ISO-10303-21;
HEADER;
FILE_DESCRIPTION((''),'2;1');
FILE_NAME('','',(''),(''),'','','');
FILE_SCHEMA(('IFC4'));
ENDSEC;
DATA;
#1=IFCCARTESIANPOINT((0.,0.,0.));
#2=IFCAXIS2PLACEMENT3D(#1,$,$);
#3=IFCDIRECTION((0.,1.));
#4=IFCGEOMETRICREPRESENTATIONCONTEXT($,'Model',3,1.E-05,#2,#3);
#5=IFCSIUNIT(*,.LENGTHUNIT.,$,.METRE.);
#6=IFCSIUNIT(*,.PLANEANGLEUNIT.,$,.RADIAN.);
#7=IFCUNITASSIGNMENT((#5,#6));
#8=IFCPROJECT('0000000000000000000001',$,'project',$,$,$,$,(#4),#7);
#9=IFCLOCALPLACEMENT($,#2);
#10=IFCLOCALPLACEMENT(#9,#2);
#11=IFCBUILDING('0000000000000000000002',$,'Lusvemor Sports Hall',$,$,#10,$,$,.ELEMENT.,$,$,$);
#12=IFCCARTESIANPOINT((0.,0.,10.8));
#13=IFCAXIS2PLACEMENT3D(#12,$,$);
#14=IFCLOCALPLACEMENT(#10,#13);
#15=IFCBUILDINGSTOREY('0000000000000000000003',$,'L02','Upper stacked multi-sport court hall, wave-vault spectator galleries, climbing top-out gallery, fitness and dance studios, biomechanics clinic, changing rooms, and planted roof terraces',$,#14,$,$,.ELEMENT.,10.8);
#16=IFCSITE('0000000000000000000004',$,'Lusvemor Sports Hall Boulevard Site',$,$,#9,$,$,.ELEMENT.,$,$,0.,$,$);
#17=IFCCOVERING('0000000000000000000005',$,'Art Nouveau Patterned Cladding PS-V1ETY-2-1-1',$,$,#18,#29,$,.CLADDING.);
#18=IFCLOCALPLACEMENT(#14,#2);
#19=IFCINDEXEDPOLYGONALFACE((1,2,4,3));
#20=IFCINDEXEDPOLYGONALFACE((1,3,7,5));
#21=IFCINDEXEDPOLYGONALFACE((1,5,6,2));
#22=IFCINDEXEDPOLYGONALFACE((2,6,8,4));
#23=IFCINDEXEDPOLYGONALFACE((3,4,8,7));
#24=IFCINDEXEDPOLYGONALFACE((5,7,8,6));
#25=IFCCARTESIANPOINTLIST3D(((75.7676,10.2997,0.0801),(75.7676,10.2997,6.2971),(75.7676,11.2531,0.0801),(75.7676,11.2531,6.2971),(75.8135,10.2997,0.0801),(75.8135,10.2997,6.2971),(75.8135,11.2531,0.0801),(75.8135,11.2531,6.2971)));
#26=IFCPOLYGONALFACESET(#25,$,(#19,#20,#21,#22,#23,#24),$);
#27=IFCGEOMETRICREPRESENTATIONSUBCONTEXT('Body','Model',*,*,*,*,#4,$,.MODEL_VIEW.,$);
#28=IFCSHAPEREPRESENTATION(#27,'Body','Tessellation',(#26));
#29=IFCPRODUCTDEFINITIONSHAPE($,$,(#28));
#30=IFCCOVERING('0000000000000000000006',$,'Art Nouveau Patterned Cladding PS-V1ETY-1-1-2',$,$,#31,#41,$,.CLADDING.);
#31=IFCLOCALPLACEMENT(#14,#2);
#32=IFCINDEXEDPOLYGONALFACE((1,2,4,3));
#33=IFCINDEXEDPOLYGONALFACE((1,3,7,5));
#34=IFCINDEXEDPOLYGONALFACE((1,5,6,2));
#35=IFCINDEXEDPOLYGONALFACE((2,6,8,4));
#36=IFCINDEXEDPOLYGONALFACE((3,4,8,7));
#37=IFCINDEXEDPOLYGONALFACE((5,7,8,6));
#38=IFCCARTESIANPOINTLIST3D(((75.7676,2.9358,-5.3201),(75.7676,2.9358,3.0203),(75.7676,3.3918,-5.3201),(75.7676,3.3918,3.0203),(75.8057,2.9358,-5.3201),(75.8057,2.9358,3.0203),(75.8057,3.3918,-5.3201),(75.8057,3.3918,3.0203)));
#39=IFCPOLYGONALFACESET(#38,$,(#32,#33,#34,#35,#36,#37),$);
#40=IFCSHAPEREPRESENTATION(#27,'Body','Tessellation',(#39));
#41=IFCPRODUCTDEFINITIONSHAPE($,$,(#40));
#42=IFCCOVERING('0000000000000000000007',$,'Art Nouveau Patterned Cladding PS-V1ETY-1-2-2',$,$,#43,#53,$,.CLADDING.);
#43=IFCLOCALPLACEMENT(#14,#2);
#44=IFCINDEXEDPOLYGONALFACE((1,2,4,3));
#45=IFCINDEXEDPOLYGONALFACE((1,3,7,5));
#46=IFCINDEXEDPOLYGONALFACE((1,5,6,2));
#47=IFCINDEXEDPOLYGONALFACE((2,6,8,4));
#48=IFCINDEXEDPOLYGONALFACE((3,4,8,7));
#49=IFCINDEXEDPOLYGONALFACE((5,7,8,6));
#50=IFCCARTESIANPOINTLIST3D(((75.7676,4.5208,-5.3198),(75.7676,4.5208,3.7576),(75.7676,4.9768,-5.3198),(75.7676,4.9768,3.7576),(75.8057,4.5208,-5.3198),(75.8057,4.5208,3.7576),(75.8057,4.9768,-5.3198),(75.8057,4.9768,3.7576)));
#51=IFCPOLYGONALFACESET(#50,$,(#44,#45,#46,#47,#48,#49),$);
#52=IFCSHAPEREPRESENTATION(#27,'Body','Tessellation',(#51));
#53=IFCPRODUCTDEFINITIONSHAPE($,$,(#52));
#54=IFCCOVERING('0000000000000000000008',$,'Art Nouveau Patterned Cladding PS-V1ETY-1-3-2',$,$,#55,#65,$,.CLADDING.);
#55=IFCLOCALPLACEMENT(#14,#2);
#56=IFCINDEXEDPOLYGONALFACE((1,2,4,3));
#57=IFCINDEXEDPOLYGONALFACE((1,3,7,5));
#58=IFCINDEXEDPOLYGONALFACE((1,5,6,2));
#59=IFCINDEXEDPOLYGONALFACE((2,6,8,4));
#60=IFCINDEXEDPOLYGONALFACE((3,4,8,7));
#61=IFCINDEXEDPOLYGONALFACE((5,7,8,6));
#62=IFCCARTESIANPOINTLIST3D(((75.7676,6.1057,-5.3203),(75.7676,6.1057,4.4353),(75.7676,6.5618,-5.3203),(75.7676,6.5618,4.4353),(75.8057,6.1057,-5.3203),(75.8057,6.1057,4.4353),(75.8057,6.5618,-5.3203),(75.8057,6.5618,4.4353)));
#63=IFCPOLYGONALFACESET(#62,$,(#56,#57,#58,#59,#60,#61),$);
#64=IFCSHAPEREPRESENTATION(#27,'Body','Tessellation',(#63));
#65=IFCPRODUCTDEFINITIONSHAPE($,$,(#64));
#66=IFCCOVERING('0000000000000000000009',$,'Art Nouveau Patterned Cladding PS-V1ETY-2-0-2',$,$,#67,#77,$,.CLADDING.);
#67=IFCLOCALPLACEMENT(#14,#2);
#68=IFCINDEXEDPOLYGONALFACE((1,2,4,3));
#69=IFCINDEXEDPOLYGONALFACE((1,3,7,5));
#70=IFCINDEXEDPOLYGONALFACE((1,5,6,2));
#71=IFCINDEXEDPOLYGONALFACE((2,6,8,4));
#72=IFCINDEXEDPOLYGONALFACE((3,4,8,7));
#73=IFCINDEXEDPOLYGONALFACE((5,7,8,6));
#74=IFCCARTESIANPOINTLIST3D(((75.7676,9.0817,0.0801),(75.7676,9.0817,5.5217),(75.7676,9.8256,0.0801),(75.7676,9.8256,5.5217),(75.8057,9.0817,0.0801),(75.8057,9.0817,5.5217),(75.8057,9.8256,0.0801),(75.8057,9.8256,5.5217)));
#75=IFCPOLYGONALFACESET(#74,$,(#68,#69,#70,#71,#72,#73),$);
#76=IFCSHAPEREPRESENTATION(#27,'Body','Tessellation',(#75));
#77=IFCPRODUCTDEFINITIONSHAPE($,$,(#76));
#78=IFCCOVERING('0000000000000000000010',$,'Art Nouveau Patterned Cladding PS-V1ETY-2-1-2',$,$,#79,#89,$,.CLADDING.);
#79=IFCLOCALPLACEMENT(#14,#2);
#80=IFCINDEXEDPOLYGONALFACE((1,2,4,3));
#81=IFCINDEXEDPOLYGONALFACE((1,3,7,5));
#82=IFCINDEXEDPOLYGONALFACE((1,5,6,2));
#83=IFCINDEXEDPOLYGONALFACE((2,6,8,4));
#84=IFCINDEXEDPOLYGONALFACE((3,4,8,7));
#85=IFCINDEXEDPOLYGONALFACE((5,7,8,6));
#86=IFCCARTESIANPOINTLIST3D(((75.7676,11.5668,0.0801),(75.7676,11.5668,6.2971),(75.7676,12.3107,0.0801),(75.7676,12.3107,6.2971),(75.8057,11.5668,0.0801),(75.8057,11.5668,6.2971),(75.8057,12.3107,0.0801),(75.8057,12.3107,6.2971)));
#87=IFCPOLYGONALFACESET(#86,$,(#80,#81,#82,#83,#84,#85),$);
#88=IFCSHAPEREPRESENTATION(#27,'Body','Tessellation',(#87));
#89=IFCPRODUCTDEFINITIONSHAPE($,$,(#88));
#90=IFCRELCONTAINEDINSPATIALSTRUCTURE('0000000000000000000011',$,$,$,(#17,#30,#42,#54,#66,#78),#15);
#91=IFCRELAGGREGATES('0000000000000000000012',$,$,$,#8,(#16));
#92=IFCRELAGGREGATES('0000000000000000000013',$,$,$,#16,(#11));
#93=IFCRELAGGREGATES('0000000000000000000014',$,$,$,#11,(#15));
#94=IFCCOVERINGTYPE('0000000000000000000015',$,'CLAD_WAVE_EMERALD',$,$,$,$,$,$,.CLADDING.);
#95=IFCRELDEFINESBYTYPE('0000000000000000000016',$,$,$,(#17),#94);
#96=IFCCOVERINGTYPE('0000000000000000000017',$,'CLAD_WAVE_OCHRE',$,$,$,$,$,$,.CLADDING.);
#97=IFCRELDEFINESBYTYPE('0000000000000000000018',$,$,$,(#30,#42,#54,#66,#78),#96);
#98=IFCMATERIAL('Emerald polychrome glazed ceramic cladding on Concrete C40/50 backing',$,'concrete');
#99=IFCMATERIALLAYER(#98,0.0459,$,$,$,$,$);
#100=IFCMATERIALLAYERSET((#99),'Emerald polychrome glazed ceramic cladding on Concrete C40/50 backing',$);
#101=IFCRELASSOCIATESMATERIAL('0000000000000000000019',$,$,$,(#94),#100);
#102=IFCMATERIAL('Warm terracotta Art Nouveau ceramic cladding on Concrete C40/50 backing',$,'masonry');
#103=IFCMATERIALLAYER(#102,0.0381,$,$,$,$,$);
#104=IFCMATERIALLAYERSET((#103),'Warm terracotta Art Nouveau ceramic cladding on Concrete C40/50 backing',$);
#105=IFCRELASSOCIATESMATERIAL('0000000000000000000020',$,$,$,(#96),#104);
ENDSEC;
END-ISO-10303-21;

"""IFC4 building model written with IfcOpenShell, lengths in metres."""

from ifc_helpers import new_model, si_unit, direction, frame, origin, origin_2d, place, context, subcontext, project, spatial, rectangle, extrude, material, layer, layer_set, type_object, element, save


model = new_model("IFC4")

# Units and contexts
model_context = context("Model", 3, precision=1e-05, world=origin(), true_north=direction((0.0, 1.0)))
body_context = subcontext(model_context, "Body", "Model", "MODEL_VIEW")
ifc_project = project(units=[si_unit("LENGTHUNIT", "METRE"), si_unit("PLANEANGLEUNIT", "RADIAN")], contexts=[model_context])

# Site, building, storey
site_placement = place(None, origin())
site = spatial("IfcSite", under=ifc_project, at=site_placement, Name="Lusvemor Sports Hall Boulevard Site", CompositionType="ELEMENT", RefElevation=0.0)
building_placement = place(site_placement, origin())
building = spatial("IfcBuilding", under=site, at=building_placement, Name="Lusvemor Sports Hall", CompositionType="ELEMENT")
storey_placement = place(building_placement, frame((0.0, 0.0, 10.8)))
storey = spatial("IfcBuildingStorey", under=building, at=storey_placement, Name="L02", Description="Upper stacked multi-sport court hall, wave-vault spectator galleries, climbing top-out gallery, fitness and dance studios, biomechanics clinic, changing rooms, and planted roof terraces", CompositionType="ELEMENT", Elevation=10.8)

# Coverings
ifc_material_1 = material(Name="Emerald polychrome glazed ceramic cladding on Concrete C40/50 backing", Category="concrete")
ifc_layer_1 = layer(ifc_material_1, 0.0459)
ifc_layer_set_1 = layer_set([ifc_layer_1], Name="Emerald polychrome glazed ceramic cladding on Concrete C40/50 backing")
covering_type_1 = type_object("IfcCoveringType", Name="CLAD_WAVE_EMERALD", PredefinedType="CLADDING", material=ifc_layer_set_1)
covering_1_placement = place(storey_placement, frame((75.7905, 10.7764, 0.0801), z_axis=(0.0, 0.0, 1.0), x_axis=(1.0, 0.0, 0.0)))
element("IfcCovering", 1, at=covering_1_placement, inside=storey, type_object=covering_type_1, Name="Art Nouveau Patterned Cladding PS-V1ETY-2-1-1", PredefinedType="CLADDING", context=body_context, shape_type="SweptSolid", body=[
    extrude(rectangle(XDim=0.0459, YDim=0.9534, at=origin_2d()), origin(), (0.0, 0.0, 1.0), 6.217),
])
ifc_material_2 = material(Name="Warm terracotta Art Nouveau ceramic cladding on Concrete C40/50 backing", Category="masonry")
ifc_layer_2 = layer(ifc_material_2, 0.0381)
ifc_layer_set_2 = layer_set([ifc_layer_2], Name="Warm terracotta Art Nouveau ceramic cladding on Concrete C40/50 backing")
covering_type_2 = type_object("IfcCoveringType", Name="CLAD_WAVE_OCHRE", PredefinedType="CLADDING", material=ifc_layer_set_2)
covering_2_placement = place(storey_placement, frame((75.7866, 3.1638, -5.3201), z_axis=(0.0, 0.0, 1.0), x_axis=(1.0, 0.0, 0.0)))
element("IfcCovering", 2, at=covering_2_placement, inside=storey, type_object=covering_type_2, Name="Art Nouveau Patterned Cladding PS-V1ETY-1-1-2", PredefinedType="CLADDING", context=body_context, shape_type="SweptSolid", body=[
    extrude(rectangle(XDim=0.0381, YDim=0.4561, at=origin_2d()), origin(), (0.0, 0.0, 1.0), 8.3403),
])
covering_3_placement = place(storey_placement, frame((75.7866, 4.7488, -5.3198), z_axis=(0.0, 0.0, 1.0), x_axis=(1.0, 0.0, 0.0)))
element("IfcCovering", 3, at=covering_3_placement, inside=storey, type_object=covering_type_2, Name="Art Nouveau Patterned Cladding PS-V1ETY-1-2-2", PredefinedType="CLADDING", context=body_context, shape_type="SweptSolid", body=[
    extrude(rectangle(XDim=0.0381, YDim=0.4561, at=origin_2d()), origin(), (0.0, 0.0, 1.0), 9.0774),
])
covering_4_placement = place(storey_placement, frame((75.7866, 6.3337, -5.3203), z_axis=(0.0, 0.0, 1.0), x_axis=(1.0, 0.0, 0.0)))
element("IfcCovering", 4, at=covering_4_placement, inside=storey, type_object=covering_type_2, Name="Art Nouveau Patterned Cladding PS-V1ETY-1-3-2", PredefinedType="CLADDING", context=body_context, shape_type="SweptSolid", body=[
    extrude(rectangle(XDim=0.0381, YDim=0.4561, at=origin_2d()), origin(), (0.0, 0.0, 1.0), 9.7556),
])
covering_5_placement = place(storey_placement, frame((75.7866, 9.4536, 0.0801), z_axis=(0.0, 0.0, 1.0), x_axis=(1.0, 0.0, 0.0)))
element("IfcCovering", 5, at=covering_5_placement, inside=storey, type_object=covering_type_2, Name="Art Nouveau Patterned Cladding PS-V1ETY-2-0-2", PredefinedType="CLADDING", context=body_context, shape_type="SweptSolid", body=[
    extrude(rectangle(XDim=0.0381, YDim=0.7439, at=origin_2d()), origin(), (0.0, 0.0, 1.0), 5.4417),
])
covering_6_placement = place(storey_placement, frame((75.7866, 11.9387, 0.0801), z_axis=(0.0, 0.0, 1.0), x_axis=(1.0, 0.0, 0.0)))
element("IfcCovering", 6, at=covering_6_placement, inside=storey, type_object=covering_type_2, Name="Art Nouveau Patterned Cladding PS-V1ETY-2-1-2", PredefinedType="CLADDING", context=body_context, shape_type="SweptSolid", body=[
    extrude(rectangle(XDim=0.0381, YDim=0.7439, at=origin_2d()), origin(), (0.0, 0.0, 1.0), 6.217),
])

save(model, "model.ifc")
